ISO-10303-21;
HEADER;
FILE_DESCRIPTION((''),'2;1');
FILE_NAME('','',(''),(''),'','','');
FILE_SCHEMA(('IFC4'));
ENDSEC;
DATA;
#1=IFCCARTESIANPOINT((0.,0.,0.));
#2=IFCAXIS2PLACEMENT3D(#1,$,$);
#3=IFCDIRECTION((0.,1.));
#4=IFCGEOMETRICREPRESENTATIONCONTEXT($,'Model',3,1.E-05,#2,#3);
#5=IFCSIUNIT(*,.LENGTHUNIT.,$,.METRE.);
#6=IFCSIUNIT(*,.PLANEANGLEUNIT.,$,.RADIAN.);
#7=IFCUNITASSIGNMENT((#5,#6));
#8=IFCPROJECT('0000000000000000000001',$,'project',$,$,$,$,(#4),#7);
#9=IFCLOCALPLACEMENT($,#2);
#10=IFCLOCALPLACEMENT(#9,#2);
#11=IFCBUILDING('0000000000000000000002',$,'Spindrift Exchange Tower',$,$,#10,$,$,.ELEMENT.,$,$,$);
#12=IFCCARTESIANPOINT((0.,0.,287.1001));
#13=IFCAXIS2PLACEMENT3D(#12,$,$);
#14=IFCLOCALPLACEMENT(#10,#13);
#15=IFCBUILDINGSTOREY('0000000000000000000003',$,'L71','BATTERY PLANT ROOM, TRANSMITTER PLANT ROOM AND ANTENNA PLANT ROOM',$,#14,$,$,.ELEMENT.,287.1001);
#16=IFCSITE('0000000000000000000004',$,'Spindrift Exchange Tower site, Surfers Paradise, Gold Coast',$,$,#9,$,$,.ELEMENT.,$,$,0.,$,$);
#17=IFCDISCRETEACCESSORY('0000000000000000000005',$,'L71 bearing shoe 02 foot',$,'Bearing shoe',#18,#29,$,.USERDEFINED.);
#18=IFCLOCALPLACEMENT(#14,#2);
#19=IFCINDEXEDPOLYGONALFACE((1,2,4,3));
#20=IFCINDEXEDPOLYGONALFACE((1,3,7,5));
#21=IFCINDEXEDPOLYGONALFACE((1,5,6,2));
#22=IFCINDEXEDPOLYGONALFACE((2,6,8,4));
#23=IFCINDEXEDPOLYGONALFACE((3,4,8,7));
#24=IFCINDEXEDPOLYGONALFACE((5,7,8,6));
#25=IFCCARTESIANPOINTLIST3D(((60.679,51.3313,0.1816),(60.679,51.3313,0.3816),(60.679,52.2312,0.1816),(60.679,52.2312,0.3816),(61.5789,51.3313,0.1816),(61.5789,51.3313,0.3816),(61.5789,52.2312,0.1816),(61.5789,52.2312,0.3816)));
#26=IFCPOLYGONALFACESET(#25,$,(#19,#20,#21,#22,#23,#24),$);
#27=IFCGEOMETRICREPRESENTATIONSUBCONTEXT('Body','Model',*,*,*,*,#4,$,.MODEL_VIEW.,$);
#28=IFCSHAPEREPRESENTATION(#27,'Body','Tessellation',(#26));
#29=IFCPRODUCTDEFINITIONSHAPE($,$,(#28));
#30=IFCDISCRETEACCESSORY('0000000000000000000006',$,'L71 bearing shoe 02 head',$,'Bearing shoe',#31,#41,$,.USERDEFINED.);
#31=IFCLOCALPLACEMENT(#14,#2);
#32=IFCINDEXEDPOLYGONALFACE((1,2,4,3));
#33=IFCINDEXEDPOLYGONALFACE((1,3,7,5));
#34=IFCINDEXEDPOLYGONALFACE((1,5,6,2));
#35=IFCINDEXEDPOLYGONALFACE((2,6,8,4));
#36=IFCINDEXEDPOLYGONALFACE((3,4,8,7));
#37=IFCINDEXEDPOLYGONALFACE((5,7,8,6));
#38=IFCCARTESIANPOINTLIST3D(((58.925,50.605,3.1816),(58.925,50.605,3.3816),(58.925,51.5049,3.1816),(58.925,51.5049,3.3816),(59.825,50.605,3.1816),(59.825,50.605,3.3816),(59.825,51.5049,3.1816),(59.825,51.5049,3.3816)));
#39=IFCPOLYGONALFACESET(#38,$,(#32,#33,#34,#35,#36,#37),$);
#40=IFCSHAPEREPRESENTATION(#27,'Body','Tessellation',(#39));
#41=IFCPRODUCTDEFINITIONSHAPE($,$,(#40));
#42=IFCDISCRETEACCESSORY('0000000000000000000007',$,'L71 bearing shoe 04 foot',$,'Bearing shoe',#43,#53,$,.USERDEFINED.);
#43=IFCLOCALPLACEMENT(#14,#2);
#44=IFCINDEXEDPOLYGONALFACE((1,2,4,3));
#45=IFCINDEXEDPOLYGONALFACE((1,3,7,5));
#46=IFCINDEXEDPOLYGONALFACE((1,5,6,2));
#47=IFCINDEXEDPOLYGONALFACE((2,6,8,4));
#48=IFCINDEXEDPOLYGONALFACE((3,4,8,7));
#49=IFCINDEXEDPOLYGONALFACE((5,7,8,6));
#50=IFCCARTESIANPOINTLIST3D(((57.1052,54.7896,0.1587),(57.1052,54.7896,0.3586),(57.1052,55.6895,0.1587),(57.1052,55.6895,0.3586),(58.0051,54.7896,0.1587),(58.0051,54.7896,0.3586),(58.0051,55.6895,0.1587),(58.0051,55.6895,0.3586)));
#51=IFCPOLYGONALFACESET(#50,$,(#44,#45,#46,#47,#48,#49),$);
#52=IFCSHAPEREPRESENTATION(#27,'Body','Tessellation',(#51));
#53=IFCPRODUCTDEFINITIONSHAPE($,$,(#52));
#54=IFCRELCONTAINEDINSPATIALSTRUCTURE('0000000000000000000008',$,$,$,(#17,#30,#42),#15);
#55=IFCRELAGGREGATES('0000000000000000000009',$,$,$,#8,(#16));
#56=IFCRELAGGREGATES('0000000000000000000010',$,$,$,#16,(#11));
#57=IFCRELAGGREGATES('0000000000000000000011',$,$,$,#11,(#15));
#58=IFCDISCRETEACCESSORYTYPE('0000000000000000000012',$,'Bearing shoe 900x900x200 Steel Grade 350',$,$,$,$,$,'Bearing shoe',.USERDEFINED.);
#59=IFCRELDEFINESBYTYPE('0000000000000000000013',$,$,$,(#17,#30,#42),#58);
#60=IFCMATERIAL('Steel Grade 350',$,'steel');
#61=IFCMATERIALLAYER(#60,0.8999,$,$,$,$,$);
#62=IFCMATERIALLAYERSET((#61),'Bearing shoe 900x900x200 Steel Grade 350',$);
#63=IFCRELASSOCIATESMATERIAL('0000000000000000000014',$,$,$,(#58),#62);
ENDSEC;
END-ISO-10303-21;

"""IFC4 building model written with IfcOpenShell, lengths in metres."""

from ifc_helpers import new_model, si_unit, direction, frame, origin, origin_2d, place, context, subcontext, project, spatial, rectangle, extrude, source, transform, mapped, material, layer, layer_set, type_object, element, save


model = new_model("IFC4")

# Units and contexts
model_context = context("Model", 3, precision=1e-05, world=origin(), true_north=direction((0.0, 1.0)))
body_context = subcontext(model_context, "Body", "Model", "MODEL_VIEW")
ifc_project = project(units=[si_unit("LENGTHUNIT", "METRE"), si_unit("PLANEANGLEUNIT", "RADIAN")], contexts=[model_context])

# Site, building, storey
site_placement = place(None, origin())
site = spatial("IfcSite", under=ifc_project, at=site_placement, Name="Spindrift Exchange Tower site, Surfers Paradise, Gold Coast", CompositionType="ELEMENT", RefElevation=0.0)
building_placement = place(site_placement, origin())
building = spatial("IfcBuilding", under=site, at=building_placement, Name="Spindrift Exchange Tower", CompositionType="ELEMENT")
storey_placement = place(building_placement, frame((0.0, 0.0, 287.1001)))
storey = spatial("IfcBuildingStorey", under=building, at=storey_placement, Name="L71", Description="BATTERY PLANT ROOM, TRANSMITTER PLANT ROOM AND ANTENNA PLANT ROOM", CompositionType="ELEMENT", Elevation=287.1001)

# Discrete accessories
ifc_material_1 = material(Name="Steel Grade 350", Category="steel")
ifc_layer_1 = layer(ifc_material_1, 0.8999)
ifc_layer_set_1 = layer_set([ifc_layer_1], Name="Bearing shoe 900x900x200 Steel Grade 350")
discrete_accessory_type = type_object("IfcDiscreteAccessoryType", Name="Bearing shoe 900x900x200 Steel Grade 350", ElementType="Bearing shoe", PredefinedType="USERDEFINED", material=ifc_layer_set_1)
shared_shape_1 = source(origin(), body_context, "Body", "SweptSolid", [
    extrude(rectangle(XDim=0.8999, YDim=0.8999, at=origin_2d()), origin(), (0.0, 0.0, 1.0), 0.2),
])
for number, where, z_axis, x_axis, name in (
    (1, (61.1289, 51.7812, 0.1816), (0.0, 0.0, 1.0), (1.0, 0.0, 0.0), "L71 bearing shoe 02 foot"),
    (2, (59.375, 51.0549, 3.1816), (0.0, 0.0, 1.0), (1.0, 0.0, 0.0), "L71 bearing shoe 02 head"),
    (3, (57.5552, 55.2395, 0.1587), (0.0, 0.0, 1.0), (1.0, 0.0, 0.0), "L71 bearing shoe 04 foot"),
):
    element("IfcDiscreteAccessory", number, at=place(storey_placement, frame(where, z_axis=z_axis, x_axis=x_axis)), inside=storey, type_object=discrete_accessory_type, Name=name, ObjectType="Bearing shoe", PredefinedType="USERDEFINED", context=body_context, shape_type="MappedRepresentation", body=[
        mapped(shared_shape_1, transform((0.0, 0.0, 0.0), scale=1.0)),
    ])

save(model, "model.ifc")
